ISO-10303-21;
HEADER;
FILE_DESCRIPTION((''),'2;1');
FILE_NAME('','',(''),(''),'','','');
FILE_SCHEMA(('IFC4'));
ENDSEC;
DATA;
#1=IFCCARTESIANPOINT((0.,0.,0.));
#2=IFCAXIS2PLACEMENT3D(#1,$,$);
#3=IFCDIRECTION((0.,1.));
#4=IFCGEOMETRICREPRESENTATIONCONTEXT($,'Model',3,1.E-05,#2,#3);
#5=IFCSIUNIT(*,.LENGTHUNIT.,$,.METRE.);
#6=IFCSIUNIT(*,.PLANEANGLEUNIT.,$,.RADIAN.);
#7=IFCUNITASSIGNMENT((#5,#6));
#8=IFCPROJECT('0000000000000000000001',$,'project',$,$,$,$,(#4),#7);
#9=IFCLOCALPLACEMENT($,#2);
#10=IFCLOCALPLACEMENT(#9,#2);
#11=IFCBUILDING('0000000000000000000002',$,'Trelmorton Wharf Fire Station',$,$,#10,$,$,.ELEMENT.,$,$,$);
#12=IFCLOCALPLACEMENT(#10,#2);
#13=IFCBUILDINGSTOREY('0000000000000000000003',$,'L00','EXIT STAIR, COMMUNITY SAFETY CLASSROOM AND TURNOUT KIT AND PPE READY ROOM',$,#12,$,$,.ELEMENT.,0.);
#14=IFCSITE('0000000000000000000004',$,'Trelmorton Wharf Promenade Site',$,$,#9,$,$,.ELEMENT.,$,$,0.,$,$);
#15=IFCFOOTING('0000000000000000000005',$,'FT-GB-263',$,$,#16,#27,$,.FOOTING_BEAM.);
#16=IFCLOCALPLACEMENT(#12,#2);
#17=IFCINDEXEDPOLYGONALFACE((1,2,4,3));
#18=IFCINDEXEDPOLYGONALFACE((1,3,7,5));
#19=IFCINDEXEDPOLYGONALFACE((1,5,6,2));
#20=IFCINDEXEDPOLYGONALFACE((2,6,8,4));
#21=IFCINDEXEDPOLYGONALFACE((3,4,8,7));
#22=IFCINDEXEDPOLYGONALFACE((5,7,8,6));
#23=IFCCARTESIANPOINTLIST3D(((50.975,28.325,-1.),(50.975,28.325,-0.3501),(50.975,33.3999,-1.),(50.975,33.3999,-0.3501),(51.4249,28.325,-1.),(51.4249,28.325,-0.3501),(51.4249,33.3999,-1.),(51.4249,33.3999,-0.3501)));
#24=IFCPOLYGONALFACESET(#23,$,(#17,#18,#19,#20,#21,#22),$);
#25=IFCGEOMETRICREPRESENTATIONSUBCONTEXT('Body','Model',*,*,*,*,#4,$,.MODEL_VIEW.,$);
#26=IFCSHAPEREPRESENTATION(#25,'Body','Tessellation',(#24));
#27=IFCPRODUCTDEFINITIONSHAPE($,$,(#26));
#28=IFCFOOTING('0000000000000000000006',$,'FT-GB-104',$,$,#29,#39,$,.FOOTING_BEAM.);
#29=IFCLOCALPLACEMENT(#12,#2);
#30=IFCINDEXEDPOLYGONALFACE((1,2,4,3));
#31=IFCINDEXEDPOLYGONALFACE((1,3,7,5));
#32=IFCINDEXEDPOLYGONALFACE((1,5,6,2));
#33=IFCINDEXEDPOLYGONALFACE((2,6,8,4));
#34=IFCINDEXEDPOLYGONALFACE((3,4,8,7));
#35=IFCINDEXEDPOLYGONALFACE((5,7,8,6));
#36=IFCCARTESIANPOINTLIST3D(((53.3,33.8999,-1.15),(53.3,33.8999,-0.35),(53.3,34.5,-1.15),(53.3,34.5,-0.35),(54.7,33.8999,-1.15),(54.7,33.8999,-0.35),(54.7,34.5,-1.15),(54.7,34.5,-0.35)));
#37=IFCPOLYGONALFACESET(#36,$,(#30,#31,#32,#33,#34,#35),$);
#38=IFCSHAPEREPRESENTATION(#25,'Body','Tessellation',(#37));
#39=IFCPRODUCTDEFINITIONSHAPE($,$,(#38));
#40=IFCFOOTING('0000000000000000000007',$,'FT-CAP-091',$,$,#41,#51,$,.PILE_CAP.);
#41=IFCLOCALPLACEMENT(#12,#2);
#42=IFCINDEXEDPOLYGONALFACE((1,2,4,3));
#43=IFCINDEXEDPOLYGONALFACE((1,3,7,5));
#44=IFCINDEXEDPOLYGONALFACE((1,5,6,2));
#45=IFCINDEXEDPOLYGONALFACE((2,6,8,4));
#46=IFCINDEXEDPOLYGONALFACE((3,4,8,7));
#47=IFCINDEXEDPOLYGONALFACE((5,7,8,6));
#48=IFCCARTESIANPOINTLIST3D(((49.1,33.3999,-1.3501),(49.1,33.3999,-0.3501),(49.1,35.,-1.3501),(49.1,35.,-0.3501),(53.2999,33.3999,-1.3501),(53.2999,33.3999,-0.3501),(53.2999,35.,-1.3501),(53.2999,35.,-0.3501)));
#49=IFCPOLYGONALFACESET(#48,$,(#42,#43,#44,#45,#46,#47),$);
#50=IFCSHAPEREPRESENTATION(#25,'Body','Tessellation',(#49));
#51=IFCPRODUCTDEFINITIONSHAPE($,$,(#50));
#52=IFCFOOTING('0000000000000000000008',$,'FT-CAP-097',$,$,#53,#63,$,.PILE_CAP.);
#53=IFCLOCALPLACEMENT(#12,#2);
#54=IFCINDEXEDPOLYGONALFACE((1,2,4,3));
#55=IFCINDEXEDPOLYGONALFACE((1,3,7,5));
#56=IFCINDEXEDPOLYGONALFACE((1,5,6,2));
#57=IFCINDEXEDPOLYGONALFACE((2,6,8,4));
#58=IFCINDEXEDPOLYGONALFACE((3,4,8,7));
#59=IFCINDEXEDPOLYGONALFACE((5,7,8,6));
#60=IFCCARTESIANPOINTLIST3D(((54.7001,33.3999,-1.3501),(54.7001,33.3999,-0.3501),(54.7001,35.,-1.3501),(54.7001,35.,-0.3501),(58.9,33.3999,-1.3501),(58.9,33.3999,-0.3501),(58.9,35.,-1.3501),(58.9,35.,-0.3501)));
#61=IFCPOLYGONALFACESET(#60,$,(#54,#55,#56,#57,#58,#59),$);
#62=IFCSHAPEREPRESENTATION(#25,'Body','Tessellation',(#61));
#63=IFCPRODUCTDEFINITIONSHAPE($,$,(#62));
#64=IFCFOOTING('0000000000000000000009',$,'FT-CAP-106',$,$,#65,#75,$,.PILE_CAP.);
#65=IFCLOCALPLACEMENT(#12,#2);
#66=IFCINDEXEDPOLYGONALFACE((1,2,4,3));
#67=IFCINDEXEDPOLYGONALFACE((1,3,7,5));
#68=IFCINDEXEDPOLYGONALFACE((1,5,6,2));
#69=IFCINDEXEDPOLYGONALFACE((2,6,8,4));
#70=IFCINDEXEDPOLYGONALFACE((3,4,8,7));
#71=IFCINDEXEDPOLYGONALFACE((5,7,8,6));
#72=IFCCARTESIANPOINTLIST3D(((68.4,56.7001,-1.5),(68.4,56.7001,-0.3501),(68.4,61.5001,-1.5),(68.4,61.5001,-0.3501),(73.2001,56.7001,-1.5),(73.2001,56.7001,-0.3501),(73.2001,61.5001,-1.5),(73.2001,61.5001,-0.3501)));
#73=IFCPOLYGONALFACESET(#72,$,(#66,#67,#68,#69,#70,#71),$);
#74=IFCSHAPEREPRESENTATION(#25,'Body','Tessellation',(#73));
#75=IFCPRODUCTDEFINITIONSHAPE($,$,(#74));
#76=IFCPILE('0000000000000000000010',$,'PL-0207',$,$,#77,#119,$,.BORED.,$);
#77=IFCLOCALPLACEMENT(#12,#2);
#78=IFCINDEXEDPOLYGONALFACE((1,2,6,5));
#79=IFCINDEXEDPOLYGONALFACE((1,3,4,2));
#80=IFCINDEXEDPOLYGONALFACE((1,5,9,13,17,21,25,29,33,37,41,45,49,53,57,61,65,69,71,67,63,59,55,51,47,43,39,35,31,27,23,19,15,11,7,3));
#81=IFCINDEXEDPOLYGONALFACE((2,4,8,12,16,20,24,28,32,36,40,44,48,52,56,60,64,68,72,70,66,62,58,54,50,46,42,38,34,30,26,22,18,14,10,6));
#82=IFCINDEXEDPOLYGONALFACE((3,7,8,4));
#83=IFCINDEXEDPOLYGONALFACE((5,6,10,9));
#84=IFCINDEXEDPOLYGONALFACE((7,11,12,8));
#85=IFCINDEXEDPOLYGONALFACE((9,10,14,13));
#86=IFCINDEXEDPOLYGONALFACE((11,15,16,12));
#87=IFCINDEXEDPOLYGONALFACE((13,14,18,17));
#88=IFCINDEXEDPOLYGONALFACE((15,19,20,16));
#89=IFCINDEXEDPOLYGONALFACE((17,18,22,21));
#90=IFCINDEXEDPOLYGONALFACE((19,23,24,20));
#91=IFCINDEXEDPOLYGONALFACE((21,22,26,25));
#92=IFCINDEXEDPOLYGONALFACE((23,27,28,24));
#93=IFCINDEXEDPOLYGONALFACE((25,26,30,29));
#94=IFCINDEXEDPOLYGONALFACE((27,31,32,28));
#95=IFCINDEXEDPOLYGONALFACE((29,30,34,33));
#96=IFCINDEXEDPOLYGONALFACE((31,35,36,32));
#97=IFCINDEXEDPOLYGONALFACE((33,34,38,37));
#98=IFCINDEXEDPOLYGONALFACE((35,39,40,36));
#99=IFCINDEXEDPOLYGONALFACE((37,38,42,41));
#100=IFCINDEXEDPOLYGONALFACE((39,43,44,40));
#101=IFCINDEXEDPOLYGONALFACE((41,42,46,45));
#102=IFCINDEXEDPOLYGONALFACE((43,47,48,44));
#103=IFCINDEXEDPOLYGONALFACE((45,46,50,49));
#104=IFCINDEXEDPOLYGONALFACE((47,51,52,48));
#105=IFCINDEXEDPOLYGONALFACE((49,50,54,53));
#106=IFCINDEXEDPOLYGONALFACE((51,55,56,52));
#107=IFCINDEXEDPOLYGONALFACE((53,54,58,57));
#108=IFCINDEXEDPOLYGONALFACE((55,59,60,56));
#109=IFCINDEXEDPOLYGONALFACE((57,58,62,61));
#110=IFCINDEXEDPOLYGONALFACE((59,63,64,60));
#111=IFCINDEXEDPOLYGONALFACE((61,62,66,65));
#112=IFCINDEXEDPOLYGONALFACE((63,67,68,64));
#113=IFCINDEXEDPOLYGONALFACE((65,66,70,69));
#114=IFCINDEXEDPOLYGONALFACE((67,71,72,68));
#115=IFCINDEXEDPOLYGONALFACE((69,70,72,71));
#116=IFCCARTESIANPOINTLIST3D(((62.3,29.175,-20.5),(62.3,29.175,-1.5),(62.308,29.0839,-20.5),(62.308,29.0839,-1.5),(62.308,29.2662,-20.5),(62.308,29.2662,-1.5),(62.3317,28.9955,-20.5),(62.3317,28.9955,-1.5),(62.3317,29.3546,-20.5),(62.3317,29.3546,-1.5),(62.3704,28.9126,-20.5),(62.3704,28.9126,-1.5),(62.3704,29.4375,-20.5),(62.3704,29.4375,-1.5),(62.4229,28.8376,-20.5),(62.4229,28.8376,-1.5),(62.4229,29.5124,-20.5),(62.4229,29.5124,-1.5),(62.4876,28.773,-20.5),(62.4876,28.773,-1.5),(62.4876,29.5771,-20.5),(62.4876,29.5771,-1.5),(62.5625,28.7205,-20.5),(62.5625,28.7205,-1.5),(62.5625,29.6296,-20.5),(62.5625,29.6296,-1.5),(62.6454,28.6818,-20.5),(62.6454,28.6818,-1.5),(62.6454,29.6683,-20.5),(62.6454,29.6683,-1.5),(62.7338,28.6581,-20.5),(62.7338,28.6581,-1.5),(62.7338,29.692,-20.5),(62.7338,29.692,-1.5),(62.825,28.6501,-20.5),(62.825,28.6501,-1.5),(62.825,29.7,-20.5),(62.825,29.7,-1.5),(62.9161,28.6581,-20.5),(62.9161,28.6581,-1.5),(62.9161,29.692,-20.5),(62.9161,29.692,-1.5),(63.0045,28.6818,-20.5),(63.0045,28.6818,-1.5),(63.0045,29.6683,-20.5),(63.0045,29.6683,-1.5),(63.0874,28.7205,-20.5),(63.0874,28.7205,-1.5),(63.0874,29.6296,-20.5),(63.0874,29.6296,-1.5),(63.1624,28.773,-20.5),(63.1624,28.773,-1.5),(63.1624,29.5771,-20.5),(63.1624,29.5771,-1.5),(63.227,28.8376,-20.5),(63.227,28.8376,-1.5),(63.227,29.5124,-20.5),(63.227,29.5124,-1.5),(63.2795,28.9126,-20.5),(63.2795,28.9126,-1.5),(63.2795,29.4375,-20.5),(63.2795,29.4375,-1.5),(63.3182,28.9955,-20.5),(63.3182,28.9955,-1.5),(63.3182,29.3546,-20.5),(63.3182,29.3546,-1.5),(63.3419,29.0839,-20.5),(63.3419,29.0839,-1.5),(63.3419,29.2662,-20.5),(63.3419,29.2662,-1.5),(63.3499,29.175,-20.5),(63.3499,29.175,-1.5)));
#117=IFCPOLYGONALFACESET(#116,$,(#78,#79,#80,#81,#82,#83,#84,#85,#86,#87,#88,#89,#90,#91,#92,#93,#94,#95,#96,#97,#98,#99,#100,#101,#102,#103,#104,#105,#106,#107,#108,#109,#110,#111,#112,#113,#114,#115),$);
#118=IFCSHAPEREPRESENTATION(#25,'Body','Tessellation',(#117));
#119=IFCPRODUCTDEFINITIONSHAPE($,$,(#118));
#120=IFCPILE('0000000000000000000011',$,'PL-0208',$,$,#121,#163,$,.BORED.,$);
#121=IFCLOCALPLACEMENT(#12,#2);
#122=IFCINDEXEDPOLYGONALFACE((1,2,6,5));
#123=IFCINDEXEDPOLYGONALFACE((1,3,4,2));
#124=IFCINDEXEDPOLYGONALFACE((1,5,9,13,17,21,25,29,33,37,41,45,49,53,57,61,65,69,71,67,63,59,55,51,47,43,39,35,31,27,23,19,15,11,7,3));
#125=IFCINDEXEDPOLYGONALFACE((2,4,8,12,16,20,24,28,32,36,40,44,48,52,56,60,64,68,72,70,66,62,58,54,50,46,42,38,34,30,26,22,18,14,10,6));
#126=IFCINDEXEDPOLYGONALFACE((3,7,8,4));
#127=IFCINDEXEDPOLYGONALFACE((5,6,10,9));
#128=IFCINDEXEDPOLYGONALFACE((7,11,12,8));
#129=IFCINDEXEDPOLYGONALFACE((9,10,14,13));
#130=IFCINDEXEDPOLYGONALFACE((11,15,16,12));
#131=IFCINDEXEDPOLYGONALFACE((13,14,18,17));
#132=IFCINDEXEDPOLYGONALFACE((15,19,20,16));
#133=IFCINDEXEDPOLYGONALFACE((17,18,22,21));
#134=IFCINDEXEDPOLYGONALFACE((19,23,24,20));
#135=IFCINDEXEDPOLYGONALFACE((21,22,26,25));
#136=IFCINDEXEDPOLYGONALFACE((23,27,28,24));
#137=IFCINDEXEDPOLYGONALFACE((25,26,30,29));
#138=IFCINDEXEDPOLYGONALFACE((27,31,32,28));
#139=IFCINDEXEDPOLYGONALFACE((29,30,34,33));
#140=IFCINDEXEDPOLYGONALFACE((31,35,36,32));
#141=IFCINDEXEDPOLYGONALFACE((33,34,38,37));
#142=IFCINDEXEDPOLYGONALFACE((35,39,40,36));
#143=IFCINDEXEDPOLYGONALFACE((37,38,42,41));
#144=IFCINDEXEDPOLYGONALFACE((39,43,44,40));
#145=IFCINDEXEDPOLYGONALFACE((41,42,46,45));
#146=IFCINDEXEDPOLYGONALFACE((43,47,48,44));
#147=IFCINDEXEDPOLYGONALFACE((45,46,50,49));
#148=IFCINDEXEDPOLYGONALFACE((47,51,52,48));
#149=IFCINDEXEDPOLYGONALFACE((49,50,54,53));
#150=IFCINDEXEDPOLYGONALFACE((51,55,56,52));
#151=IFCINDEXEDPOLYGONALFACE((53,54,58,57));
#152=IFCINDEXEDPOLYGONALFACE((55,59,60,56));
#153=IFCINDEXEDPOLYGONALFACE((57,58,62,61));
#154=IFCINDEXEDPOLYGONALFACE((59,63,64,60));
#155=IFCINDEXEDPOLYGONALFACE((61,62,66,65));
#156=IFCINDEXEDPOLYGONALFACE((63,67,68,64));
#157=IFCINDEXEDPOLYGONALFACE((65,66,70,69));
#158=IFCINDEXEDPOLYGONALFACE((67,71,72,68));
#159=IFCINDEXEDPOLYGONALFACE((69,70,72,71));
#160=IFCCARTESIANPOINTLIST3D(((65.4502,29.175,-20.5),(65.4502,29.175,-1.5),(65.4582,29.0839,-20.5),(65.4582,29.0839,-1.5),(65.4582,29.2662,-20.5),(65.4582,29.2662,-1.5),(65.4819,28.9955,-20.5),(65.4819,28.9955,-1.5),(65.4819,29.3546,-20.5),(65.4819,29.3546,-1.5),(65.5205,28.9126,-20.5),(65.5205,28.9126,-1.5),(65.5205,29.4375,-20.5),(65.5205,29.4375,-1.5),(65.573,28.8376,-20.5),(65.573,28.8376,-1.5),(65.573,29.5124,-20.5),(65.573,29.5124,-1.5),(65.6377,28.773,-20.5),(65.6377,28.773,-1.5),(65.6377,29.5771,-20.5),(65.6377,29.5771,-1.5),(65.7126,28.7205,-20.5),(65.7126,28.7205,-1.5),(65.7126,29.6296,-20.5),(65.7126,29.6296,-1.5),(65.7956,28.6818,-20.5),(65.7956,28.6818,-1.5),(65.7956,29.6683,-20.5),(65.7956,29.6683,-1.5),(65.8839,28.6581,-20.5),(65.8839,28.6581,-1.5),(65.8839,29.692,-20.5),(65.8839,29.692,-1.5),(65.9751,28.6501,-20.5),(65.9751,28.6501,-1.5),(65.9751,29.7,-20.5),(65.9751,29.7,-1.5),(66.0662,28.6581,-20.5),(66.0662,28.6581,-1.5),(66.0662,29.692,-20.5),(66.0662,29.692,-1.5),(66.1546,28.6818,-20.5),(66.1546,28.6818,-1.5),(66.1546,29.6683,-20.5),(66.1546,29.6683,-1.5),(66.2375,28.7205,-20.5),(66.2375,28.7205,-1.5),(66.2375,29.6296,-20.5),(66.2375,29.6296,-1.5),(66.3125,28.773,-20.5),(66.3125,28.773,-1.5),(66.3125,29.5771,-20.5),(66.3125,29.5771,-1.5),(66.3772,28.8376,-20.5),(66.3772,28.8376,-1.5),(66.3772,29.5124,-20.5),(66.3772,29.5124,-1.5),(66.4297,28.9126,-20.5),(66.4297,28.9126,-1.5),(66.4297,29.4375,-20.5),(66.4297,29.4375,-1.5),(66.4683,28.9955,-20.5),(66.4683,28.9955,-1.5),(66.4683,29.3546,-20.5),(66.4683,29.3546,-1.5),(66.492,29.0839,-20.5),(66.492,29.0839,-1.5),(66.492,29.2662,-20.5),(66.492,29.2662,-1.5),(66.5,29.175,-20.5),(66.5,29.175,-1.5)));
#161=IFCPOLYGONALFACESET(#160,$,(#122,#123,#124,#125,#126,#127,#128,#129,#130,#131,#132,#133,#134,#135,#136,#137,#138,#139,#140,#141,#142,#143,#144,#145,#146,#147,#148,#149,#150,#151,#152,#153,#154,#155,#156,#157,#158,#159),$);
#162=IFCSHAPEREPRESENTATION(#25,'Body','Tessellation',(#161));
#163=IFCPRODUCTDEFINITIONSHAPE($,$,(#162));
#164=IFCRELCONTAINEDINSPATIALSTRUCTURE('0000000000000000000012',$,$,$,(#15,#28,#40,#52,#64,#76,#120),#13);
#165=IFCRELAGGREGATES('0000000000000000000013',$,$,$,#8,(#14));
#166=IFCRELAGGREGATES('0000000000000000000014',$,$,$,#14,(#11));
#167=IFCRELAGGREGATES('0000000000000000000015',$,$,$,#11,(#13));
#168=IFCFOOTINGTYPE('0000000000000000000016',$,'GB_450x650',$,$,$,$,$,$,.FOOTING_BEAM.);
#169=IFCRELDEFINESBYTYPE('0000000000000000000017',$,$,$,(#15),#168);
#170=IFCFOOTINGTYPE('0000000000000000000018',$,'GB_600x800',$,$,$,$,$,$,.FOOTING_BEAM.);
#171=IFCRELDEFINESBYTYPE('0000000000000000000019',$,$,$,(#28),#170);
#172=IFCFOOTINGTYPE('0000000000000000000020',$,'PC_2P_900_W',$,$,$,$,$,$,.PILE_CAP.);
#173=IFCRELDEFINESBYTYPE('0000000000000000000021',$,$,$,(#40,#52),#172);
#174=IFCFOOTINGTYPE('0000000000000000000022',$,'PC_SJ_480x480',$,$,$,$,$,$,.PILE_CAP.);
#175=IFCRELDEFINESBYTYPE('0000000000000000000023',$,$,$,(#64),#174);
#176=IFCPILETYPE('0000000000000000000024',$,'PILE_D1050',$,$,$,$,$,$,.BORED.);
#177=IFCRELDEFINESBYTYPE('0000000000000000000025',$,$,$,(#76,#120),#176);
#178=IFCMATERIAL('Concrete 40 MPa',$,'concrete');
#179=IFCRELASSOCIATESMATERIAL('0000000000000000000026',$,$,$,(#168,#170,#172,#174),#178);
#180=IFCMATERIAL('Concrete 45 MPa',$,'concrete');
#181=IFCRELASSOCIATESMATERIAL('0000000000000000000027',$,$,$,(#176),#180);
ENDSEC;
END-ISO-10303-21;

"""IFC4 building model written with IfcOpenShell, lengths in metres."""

from ifc_helpers import new_model, si_unit, direction, frame, origin, origin_2d, place, context, subcontext, project, spatial, rectangle, circle, extrude, material, material_profile, profile_set, type_object, element, save


model = new_model("IFC4")

# Units and contexts
model_context = context("Model", 3, precision=1e-05, world=origin(), true_north=direction((0.0, 1.0)))
body_context = subcontext(model_context, "Body", "Model", "MODEL_VIEW")
ifc_project = project(units=[si_unit("LENGTHUNIT", "METRE"), si_unit("PLANEANGLEUNIT", "RADIAN")], contexts=[model_context])

# Site, building, storey
site_placement = place(None, origin())
site = spatial("IfcSite", under=ifc_project, at=site_placement, Name="Trelmorton Wharf Promenade Site", CompositionType="ELEMENT", RefElevation=0.0)
building_placement = place(site_placement, origin())
building = spatial("IfcBuilding", under=site, at=building_placement, Name="Trelmorton Wharf Fire Station", CompositionType="ELEMENT")
storey_placement = place(building_placement, origin())
storey = spatial("IfcBuildingStorey", under=building, at=storey_placement, Name="L00", Description="EXIT STAIR, COMMUNITY SAFETY CLASSROOM AND TURNOUT KIT AND PPE READY ROOM", CompositionType="ELEMENT", Elevation=0.0)

# Footings
ifc_material_1 = material(Name="Concrete 40 MPa", Category="concrete")
ifc_material_profile_1 = material_profile(ifc_material_1, rectangle(XDim=0.45, YDim=0.6499, at=origin_2d()), Name="RC450x650")
ifc_profile_set_1 = profile_set([ifc_material_profile_1], Name="Concrete 40 MPa")
footing_type_1 = type_object("IfcFootingType", Name="GB_450x650", PredefinedType="FOOTING_BEAM", material=ifc_profile_set_1)
footing_1_placement = place(storey_placement, frame((51.2, 28.325, -0.675), z_axis=(0.0, 1.0, 0.0), x_axis=(-1.0, 0.0, 0.0)))
element("IfcFooting", 1, at=footing_1_placement, inside=storey, type_object=footing_type_1, Name="FT-GB-263", PredefinedType="FOOTING_BEAM", context=body_context, shape_type="SweptSolid", body=[
    extrude(rectangle(XDim=0.45, YDim=0.6499, at=origin_2d()), origin(), (0.0, 0.0, 1.0), 5.075),
])
ifc_material_profile_2 = material_profile(ifc_material_1, rectangle(XDim=0.6001, YDim=0.8, at=origin_2d()), Name="RC600x800")
ifc_profile_set_2 = profile_set([ifc_material_profile_2], Name="Concrete 40 MPa")
footing_type_2 = type_object("IfcFootingType", Name="GB_600x800", PredefinedType="FOOTING_BEAM", material=ifc_profile_set_2)
footing_2_placement = place(storey_placement, frame((53.3, 34.2, -0.75), z_axis=(1.0, 0.0, 0.0), x_axis=(0.0, 1.0, 0.0)))
element("IfcFooting", 2, at=footing_2_placement, inside=storey, type_object=footing_type_2, Name="FT-GB-104", PredefinedType="FOOTING_BEAM", context=body_context, shape_type="SweptSolid", body=[
    extrude(rectangle(XDim=0.6001, YDim=0.8, at=origin_2d()), origin(), (0.0, 0.0, 1.0), 1.3999),
])
footing_type_3 = type_object("IfcFootingType", Name="PC_2P_900_W", PredefinedType="PILE_CAP", material=ifc_material_1)
for number, where, z_axis, x_axis, name in (
    (3, (51.2, 34.2, -1.3501), (0.0, 0.0, 1.0), (1.0, 0.0, 0.0), "FT-CAP-091"),
    (4, (56.8, 34.2, -1.3501), (0.0, 0.0, 1.0), (1.0, 0.0, 0.0), "FT-CAP-097"),
):
    element("IfcFooting", number, at=place(storey_placement, frame(where, z_axis=z_axis, x_axis=x_axis)), inside=storey, type_object=footing_type_3, Name=name, PredefinedType="PILE_CAP", context=body_context, shape_type="SweptSolid", body=[
        extrude(rectangle(XDim=4.2, YDim=1.6001, at=origin_2d()), origin(), (0.0, 0.0, 1.0), 1.0),
    ])
footing_type_4 = type_object("IfcFootingType", Name="PC_SJ_480x480", PredefinedType="PILE_CAP", material=ifc_material_1)
footing_3_placement = place(storey_placement, frame((70.8, 59.1001, -1.5), z_axis=(0.0, 0.0, 1.0), x_axis=(1.0, 0.0, 0.0)))
element("IfcFooting", 5, at=footing_3_placement, inside=storey, type_object=footing_type_4, Name="FT-CAP-106", PredefinedType="PILE_CAP", context=body_context, shape_type="SweptSolid", body=[
    extrude(rectangle(XDim=4.8, YDim=4.8, at=origin_2d()), origin(), (0.0, 0.0, 1.0), 1.1499),
])

# Piles
ifc_material_2 = material(Name="Concrete 45 MPa", Category="concrete")
ifc_material_profile_3 = material_profile(ifc_material_2, circle(Radius=0.5249, at=origin_2d()), Name="PILE-D1050")
ifc_profile_set_3 = profile_set([ifc_material_profile_3], Name="Concrete 45 MPa")
pile_type_1 = type_object("IfcPileType", Name="PILE_D1050", PredefinedType="BORED", material=ifc_profile_set_3)
for number, where, z_axis, x_axis, name in (
    (6, (62.825, 29.175, -1.5), (0.0, 0.0, -1.0), (1.0, 0.0, 0.0), "PL-0207"),
    (7, (65.9751, 29.175, -1.5), (0.0, 0.0, -1.0), (1.0, 0.0, 0.0), "PL-0208"),
):
    element("IfcPile", number, at=place(storey_placement, frame(where, z_axis=z_axis, x_axis=x_axis)), inside=storey, type_object=pile_type_1, Name=name, PredefinedType="BORED", context=body_context, shape_type="SweptSolid", body=[
        extrude(circle(Radius=0.5249, at=origin_2d()), origin(), (0.0, 0.0, 1.0), 19.0),
    ])

save(model, "model.ifc")
